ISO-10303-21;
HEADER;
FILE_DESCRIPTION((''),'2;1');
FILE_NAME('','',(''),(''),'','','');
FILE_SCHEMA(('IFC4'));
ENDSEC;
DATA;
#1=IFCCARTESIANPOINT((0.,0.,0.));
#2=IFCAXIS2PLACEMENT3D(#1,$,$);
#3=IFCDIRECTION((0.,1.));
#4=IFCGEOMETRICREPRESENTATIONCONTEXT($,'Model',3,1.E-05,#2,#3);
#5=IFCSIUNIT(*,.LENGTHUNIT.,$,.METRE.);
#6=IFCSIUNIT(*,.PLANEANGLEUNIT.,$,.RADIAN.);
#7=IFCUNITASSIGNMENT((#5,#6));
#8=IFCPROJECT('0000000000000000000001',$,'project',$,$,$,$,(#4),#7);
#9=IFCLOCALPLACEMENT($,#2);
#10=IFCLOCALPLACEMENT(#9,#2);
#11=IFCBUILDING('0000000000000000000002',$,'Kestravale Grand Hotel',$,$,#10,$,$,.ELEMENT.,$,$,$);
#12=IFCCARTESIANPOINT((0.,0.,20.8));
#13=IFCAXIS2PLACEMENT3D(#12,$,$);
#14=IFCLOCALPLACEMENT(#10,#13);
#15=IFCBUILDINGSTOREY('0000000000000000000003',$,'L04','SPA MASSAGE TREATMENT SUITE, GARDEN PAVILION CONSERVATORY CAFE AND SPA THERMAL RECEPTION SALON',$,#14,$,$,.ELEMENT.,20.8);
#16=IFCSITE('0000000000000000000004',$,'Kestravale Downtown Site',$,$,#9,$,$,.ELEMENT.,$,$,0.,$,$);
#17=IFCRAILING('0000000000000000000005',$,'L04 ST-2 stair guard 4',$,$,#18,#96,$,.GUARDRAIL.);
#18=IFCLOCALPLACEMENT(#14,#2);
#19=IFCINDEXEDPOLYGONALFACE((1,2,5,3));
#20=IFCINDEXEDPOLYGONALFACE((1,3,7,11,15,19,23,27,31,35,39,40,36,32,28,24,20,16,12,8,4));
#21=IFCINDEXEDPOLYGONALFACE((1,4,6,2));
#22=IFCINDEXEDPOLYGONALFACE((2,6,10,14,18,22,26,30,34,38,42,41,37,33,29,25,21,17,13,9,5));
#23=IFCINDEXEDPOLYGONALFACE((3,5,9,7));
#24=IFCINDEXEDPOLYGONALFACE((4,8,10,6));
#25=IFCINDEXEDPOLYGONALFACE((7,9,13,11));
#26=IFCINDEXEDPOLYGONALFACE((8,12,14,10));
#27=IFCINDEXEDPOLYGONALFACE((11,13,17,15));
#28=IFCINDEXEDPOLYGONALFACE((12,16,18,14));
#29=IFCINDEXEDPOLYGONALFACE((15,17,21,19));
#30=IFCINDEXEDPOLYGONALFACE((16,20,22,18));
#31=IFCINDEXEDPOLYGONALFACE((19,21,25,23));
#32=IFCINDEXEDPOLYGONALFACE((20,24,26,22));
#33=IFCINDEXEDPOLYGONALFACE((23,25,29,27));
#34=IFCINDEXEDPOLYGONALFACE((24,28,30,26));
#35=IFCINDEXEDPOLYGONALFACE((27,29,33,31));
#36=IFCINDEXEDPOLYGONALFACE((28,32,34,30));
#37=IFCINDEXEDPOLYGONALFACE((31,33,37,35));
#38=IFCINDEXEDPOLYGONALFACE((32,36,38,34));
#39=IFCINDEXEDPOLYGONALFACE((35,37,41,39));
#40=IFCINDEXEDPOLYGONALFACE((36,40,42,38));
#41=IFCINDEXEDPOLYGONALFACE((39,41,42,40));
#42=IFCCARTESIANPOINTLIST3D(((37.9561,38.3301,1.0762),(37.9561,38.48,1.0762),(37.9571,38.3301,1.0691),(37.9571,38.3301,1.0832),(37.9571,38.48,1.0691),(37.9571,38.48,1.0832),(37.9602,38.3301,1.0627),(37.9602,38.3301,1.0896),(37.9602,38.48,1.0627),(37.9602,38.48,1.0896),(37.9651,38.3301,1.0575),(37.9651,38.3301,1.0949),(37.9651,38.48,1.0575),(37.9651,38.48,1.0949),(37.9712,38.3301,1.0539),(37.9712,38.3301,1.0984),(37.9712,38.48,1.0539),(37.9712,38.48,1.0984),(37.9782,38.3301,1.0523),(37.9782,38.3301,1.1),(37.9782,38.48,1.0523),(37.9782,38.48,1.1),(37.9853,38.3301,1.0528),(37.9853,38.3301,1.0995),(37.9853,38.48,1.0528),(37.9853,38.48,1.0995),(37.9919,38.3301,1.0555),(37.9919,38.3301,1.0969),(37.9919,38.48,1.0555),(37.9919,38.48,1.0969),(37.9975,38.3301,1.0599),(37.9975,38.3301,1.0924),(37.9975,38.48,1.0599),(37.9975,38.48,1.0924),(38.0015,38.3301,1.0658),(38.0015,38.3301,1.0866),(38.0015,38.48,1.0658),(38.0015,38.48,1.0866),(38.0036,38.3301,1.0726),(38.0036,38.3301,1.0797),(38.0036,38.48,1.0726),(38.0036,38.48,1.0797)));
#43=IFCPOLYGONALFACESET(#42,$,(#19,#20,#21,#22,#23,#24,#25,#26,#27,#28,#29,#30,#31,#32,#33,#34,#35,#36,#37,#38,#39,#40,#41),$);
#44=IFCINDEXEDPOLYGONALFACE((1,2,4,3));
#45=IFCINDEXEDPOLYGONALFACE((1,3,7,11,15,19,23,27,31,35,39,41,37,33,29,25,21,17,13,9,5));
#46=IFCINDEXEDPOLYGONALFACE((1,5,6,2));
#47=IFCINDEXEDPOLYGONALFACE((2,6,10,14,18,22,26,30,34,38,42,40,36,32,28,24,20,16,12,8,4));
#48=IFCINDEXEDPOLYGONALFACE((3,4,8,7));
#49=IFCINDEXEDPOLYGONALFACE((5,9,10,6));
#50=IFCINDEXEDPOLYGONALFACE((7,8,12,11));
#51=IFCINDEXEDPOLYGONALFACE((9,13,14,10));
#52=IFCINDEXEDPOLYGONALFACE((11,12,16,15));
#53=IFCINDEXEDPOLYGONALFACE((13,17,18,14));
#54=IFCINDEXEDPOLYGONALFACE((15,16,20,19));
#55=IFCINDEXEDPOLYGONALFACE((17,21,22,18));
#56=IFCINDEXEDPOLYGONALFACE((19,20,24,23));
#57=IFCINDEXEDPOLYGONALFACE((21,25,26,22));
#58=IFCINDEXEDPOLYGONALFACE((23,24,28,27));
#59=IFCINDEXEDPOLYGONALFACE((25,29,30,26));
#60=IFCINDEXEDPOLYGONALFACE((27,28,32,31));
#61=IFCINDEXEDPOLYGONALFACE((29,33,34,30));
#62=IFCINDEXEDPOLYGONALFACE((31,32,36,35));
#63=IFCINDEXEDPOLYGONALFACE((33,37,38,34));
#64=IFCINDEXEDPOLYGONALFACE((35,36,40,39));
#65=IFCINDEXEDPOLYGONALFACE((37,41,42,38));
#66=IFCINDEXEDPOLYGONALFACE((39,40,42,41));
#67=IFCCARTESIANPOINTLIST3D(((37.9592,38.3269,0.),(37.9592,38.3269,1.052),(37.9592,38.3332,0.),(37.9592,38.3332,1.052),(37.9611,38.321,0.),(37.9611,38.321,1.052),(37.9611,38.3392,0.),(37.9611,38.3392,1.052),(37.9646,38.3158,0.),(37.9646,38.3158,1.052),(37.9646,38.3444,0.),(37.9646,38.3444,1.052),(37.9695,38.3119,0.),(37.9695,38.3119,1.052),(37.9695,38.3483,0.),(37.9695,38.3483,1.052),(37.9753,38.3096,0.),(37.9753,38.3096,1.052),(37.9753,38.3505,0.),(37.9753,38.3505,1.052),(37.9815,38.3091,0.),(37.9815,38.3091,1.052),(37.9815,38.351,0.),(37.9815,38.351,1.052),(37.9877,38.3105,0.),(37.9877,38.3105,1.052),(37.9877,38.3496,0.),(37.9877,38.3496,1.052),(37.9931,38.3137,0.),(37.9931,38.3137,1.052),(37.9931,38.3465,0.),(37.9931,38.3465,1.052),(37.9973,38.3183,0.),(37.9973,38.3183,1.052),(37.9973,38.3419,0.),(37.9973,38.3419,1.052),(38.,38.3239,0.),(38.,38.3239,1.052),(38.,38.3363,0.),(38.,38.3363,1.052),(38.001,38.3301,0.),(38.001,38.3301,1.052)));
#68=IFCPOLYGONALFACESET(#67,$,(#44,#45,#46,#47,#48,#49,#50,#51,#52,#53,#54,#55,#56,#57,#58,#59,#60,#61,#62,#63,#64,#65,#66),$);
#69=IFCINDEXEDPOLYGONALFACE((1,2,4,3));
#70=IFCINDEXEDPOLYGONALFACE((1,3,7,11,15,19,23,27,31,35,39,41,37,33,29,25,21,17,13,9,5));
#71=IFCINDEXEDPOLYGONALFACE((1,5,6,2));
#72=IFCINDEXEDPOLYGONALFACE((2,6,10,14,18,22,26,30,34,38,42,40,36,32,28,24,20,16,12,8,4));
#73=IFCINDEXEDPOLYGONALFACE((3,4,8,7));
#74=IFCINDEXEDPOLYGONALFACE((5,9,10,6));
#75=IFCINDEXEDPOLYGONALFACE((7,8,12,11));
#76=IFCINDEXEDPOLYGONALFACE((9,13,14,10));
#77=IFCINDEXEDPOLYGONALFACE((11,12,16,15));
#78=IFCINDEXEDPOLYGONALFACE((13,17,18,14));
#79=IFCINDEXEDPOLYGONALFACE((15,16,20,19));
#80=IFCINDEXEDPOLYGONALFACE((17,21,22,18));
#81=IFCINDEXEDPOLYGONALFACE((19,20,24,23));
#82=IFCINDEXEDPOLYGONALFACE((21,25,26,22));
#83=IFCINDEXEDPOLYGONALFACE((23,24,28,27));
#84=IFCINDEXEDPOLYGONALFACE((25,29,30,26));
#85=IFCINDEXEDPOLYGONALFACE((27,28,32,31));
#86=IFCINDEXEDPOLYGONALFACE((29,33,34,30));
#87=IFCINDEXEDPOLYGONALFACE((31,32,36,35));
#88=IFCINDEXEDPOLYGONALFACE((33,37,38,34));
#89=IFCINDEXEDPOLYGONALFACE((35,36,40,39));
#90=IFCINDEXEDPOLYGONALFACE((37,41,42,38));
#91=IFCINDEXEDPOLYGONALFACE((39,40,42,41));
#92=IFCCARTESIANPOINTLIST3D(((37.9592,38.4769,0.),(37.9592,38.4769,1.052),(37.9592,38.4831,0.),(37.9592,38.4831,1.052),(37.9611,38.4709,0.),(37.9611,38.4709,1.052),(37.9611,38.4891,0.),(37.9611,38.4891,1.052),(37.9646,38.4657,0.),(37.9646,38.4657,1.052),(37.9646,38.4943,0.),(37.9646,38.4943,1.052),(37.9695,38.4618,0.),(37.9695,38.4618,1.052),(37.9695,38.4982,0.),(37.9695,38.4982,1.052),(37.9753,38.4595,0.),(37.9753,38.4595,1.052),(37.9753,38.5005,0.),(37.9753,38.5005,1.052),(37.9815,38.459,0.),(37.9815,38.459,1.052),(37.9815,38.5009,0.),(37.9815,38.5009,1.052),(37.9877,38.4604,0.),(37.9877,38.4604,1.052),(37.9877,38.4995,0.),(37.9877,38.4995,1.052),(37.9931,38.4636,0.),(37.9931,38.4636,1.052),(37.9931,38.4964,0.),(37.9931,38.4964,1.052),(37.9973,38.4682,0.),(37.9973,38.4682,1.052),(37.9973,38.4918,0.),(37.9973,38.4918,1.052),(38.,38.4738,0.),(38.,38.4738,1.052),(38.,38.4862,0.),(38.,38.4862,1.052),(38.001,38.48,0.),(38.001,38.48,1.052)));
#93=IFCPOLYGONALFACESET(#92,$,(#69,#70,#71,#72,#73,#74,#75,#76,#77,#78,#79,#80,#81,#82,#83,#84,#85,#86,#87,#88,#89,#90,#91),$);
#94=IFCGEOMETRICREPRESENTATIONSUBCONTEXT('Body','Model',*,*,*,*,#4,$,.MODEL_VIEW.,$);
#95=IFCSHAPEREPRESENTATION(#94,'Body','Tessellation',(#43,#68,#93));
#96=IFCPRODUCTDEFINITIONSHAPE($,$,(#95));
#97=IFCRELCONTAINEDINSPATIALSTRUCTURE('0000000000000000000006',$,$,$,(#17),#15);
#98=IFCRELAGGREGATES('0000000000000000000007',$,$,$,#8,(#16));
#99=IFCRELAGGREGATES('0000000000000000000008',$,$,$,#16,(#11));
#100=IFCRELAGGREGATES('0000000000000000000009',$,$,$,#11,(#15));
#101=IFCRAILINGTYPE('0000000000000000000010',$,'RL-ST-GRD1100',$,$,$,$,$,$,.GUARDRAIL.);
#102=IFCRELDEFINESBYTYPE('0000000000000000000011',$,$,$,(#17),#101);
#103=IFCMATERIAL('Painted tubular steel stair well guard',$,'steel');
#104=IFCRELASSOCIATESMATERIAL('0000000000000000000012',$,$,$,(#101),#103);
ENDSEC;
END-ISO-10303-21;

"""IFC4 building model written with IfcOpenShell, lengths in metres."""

from ifc_helpers import new_model, si_unit, direction, frame, origin, origin_2d, place, context, subcontext, project, spatial, circle, extrude, material, type_object, element, save


model = new_model("IFC4")

# Units and contexts
model_context = context("Model", 3, precision=1e-05, world=origin(), true_north=direction((0.0, 1.0)))
body_context = subcontext(model_context, "Body", "Model", "MODEL_VIEW")
ifc_project = project(units=[si_unit("LENGTHUNIT", "METRE"), si_unit("PLANEANGLEUNIT", "RADIAN")], contexts=[model_context])

# Site, building, storey
site_placement = place(None, origin())
site = spatial("IfcSite", under=ifc_project, at=site_placement, Name="Kestravale Downtown Site", CompositionType="ELEMENT", RefElevation=0.0)
building_placement = place(site_placement, origin())
building = spatial("IfcBuilding", under=site, at=building_placement, Name="Kestravale Grand Hotel", CompositionType="ELEMENT")
storey_placement = place(building_placement, frame((0.0, 0.0, 20.8)))
storey = spatial("IfcBuildingStorey", under=building, at=storey_placement, Name="L04", Description="SPA MASSAGE TREATMENT SUITE, GARDEN PAVILION CONSERVATORY CAFE AND SPA THERMAL RECEPTION SALON", CompositionType="ELEMENT", Elevation=20.8)

# Railing
ifc_material_1 = material(Name="Painted tubular steel stair well guard", Category="steel")
railing_type_1 = type_object("IfcRailingType", Name="RL-ST-GRD1100", PredefinedType="GUARDRAIL", material=ifc_material_1)
railing_1_placement = place(storey_placement, frame((37.98, 38.3301, 0.0)))
element("IfcRailing", 1, at=railing_1_placement, inside=storey, type_object=railing_type_1, Name="L04 ST-2 stair guard 4", PredefinedType="GUARDRAIL", context=body_context, shape_type="SweptSolid", body=[
    extrude(circle(Radius=0.0239, at=origin_2d()), frame((0.0, 0.0, 1.0762), z_axis=(0.0, 1.0, 0.0), x_axis=(-1.0, 0.0, 0.0)), (0.0, 0.0, 1.0), 0.1499),
    extrude(circle(Radius=0.021, at=origin_2d()), origin(), (0.0, 0.0, 1.0), 1.052),
    extrude(circle(Radius=0.021, at=origin_2d()), frame((0.0, 0.1499, 0.0)), (0.0, 0.0, 1.0), 1.052),
])

save(model, "model.ifc")
